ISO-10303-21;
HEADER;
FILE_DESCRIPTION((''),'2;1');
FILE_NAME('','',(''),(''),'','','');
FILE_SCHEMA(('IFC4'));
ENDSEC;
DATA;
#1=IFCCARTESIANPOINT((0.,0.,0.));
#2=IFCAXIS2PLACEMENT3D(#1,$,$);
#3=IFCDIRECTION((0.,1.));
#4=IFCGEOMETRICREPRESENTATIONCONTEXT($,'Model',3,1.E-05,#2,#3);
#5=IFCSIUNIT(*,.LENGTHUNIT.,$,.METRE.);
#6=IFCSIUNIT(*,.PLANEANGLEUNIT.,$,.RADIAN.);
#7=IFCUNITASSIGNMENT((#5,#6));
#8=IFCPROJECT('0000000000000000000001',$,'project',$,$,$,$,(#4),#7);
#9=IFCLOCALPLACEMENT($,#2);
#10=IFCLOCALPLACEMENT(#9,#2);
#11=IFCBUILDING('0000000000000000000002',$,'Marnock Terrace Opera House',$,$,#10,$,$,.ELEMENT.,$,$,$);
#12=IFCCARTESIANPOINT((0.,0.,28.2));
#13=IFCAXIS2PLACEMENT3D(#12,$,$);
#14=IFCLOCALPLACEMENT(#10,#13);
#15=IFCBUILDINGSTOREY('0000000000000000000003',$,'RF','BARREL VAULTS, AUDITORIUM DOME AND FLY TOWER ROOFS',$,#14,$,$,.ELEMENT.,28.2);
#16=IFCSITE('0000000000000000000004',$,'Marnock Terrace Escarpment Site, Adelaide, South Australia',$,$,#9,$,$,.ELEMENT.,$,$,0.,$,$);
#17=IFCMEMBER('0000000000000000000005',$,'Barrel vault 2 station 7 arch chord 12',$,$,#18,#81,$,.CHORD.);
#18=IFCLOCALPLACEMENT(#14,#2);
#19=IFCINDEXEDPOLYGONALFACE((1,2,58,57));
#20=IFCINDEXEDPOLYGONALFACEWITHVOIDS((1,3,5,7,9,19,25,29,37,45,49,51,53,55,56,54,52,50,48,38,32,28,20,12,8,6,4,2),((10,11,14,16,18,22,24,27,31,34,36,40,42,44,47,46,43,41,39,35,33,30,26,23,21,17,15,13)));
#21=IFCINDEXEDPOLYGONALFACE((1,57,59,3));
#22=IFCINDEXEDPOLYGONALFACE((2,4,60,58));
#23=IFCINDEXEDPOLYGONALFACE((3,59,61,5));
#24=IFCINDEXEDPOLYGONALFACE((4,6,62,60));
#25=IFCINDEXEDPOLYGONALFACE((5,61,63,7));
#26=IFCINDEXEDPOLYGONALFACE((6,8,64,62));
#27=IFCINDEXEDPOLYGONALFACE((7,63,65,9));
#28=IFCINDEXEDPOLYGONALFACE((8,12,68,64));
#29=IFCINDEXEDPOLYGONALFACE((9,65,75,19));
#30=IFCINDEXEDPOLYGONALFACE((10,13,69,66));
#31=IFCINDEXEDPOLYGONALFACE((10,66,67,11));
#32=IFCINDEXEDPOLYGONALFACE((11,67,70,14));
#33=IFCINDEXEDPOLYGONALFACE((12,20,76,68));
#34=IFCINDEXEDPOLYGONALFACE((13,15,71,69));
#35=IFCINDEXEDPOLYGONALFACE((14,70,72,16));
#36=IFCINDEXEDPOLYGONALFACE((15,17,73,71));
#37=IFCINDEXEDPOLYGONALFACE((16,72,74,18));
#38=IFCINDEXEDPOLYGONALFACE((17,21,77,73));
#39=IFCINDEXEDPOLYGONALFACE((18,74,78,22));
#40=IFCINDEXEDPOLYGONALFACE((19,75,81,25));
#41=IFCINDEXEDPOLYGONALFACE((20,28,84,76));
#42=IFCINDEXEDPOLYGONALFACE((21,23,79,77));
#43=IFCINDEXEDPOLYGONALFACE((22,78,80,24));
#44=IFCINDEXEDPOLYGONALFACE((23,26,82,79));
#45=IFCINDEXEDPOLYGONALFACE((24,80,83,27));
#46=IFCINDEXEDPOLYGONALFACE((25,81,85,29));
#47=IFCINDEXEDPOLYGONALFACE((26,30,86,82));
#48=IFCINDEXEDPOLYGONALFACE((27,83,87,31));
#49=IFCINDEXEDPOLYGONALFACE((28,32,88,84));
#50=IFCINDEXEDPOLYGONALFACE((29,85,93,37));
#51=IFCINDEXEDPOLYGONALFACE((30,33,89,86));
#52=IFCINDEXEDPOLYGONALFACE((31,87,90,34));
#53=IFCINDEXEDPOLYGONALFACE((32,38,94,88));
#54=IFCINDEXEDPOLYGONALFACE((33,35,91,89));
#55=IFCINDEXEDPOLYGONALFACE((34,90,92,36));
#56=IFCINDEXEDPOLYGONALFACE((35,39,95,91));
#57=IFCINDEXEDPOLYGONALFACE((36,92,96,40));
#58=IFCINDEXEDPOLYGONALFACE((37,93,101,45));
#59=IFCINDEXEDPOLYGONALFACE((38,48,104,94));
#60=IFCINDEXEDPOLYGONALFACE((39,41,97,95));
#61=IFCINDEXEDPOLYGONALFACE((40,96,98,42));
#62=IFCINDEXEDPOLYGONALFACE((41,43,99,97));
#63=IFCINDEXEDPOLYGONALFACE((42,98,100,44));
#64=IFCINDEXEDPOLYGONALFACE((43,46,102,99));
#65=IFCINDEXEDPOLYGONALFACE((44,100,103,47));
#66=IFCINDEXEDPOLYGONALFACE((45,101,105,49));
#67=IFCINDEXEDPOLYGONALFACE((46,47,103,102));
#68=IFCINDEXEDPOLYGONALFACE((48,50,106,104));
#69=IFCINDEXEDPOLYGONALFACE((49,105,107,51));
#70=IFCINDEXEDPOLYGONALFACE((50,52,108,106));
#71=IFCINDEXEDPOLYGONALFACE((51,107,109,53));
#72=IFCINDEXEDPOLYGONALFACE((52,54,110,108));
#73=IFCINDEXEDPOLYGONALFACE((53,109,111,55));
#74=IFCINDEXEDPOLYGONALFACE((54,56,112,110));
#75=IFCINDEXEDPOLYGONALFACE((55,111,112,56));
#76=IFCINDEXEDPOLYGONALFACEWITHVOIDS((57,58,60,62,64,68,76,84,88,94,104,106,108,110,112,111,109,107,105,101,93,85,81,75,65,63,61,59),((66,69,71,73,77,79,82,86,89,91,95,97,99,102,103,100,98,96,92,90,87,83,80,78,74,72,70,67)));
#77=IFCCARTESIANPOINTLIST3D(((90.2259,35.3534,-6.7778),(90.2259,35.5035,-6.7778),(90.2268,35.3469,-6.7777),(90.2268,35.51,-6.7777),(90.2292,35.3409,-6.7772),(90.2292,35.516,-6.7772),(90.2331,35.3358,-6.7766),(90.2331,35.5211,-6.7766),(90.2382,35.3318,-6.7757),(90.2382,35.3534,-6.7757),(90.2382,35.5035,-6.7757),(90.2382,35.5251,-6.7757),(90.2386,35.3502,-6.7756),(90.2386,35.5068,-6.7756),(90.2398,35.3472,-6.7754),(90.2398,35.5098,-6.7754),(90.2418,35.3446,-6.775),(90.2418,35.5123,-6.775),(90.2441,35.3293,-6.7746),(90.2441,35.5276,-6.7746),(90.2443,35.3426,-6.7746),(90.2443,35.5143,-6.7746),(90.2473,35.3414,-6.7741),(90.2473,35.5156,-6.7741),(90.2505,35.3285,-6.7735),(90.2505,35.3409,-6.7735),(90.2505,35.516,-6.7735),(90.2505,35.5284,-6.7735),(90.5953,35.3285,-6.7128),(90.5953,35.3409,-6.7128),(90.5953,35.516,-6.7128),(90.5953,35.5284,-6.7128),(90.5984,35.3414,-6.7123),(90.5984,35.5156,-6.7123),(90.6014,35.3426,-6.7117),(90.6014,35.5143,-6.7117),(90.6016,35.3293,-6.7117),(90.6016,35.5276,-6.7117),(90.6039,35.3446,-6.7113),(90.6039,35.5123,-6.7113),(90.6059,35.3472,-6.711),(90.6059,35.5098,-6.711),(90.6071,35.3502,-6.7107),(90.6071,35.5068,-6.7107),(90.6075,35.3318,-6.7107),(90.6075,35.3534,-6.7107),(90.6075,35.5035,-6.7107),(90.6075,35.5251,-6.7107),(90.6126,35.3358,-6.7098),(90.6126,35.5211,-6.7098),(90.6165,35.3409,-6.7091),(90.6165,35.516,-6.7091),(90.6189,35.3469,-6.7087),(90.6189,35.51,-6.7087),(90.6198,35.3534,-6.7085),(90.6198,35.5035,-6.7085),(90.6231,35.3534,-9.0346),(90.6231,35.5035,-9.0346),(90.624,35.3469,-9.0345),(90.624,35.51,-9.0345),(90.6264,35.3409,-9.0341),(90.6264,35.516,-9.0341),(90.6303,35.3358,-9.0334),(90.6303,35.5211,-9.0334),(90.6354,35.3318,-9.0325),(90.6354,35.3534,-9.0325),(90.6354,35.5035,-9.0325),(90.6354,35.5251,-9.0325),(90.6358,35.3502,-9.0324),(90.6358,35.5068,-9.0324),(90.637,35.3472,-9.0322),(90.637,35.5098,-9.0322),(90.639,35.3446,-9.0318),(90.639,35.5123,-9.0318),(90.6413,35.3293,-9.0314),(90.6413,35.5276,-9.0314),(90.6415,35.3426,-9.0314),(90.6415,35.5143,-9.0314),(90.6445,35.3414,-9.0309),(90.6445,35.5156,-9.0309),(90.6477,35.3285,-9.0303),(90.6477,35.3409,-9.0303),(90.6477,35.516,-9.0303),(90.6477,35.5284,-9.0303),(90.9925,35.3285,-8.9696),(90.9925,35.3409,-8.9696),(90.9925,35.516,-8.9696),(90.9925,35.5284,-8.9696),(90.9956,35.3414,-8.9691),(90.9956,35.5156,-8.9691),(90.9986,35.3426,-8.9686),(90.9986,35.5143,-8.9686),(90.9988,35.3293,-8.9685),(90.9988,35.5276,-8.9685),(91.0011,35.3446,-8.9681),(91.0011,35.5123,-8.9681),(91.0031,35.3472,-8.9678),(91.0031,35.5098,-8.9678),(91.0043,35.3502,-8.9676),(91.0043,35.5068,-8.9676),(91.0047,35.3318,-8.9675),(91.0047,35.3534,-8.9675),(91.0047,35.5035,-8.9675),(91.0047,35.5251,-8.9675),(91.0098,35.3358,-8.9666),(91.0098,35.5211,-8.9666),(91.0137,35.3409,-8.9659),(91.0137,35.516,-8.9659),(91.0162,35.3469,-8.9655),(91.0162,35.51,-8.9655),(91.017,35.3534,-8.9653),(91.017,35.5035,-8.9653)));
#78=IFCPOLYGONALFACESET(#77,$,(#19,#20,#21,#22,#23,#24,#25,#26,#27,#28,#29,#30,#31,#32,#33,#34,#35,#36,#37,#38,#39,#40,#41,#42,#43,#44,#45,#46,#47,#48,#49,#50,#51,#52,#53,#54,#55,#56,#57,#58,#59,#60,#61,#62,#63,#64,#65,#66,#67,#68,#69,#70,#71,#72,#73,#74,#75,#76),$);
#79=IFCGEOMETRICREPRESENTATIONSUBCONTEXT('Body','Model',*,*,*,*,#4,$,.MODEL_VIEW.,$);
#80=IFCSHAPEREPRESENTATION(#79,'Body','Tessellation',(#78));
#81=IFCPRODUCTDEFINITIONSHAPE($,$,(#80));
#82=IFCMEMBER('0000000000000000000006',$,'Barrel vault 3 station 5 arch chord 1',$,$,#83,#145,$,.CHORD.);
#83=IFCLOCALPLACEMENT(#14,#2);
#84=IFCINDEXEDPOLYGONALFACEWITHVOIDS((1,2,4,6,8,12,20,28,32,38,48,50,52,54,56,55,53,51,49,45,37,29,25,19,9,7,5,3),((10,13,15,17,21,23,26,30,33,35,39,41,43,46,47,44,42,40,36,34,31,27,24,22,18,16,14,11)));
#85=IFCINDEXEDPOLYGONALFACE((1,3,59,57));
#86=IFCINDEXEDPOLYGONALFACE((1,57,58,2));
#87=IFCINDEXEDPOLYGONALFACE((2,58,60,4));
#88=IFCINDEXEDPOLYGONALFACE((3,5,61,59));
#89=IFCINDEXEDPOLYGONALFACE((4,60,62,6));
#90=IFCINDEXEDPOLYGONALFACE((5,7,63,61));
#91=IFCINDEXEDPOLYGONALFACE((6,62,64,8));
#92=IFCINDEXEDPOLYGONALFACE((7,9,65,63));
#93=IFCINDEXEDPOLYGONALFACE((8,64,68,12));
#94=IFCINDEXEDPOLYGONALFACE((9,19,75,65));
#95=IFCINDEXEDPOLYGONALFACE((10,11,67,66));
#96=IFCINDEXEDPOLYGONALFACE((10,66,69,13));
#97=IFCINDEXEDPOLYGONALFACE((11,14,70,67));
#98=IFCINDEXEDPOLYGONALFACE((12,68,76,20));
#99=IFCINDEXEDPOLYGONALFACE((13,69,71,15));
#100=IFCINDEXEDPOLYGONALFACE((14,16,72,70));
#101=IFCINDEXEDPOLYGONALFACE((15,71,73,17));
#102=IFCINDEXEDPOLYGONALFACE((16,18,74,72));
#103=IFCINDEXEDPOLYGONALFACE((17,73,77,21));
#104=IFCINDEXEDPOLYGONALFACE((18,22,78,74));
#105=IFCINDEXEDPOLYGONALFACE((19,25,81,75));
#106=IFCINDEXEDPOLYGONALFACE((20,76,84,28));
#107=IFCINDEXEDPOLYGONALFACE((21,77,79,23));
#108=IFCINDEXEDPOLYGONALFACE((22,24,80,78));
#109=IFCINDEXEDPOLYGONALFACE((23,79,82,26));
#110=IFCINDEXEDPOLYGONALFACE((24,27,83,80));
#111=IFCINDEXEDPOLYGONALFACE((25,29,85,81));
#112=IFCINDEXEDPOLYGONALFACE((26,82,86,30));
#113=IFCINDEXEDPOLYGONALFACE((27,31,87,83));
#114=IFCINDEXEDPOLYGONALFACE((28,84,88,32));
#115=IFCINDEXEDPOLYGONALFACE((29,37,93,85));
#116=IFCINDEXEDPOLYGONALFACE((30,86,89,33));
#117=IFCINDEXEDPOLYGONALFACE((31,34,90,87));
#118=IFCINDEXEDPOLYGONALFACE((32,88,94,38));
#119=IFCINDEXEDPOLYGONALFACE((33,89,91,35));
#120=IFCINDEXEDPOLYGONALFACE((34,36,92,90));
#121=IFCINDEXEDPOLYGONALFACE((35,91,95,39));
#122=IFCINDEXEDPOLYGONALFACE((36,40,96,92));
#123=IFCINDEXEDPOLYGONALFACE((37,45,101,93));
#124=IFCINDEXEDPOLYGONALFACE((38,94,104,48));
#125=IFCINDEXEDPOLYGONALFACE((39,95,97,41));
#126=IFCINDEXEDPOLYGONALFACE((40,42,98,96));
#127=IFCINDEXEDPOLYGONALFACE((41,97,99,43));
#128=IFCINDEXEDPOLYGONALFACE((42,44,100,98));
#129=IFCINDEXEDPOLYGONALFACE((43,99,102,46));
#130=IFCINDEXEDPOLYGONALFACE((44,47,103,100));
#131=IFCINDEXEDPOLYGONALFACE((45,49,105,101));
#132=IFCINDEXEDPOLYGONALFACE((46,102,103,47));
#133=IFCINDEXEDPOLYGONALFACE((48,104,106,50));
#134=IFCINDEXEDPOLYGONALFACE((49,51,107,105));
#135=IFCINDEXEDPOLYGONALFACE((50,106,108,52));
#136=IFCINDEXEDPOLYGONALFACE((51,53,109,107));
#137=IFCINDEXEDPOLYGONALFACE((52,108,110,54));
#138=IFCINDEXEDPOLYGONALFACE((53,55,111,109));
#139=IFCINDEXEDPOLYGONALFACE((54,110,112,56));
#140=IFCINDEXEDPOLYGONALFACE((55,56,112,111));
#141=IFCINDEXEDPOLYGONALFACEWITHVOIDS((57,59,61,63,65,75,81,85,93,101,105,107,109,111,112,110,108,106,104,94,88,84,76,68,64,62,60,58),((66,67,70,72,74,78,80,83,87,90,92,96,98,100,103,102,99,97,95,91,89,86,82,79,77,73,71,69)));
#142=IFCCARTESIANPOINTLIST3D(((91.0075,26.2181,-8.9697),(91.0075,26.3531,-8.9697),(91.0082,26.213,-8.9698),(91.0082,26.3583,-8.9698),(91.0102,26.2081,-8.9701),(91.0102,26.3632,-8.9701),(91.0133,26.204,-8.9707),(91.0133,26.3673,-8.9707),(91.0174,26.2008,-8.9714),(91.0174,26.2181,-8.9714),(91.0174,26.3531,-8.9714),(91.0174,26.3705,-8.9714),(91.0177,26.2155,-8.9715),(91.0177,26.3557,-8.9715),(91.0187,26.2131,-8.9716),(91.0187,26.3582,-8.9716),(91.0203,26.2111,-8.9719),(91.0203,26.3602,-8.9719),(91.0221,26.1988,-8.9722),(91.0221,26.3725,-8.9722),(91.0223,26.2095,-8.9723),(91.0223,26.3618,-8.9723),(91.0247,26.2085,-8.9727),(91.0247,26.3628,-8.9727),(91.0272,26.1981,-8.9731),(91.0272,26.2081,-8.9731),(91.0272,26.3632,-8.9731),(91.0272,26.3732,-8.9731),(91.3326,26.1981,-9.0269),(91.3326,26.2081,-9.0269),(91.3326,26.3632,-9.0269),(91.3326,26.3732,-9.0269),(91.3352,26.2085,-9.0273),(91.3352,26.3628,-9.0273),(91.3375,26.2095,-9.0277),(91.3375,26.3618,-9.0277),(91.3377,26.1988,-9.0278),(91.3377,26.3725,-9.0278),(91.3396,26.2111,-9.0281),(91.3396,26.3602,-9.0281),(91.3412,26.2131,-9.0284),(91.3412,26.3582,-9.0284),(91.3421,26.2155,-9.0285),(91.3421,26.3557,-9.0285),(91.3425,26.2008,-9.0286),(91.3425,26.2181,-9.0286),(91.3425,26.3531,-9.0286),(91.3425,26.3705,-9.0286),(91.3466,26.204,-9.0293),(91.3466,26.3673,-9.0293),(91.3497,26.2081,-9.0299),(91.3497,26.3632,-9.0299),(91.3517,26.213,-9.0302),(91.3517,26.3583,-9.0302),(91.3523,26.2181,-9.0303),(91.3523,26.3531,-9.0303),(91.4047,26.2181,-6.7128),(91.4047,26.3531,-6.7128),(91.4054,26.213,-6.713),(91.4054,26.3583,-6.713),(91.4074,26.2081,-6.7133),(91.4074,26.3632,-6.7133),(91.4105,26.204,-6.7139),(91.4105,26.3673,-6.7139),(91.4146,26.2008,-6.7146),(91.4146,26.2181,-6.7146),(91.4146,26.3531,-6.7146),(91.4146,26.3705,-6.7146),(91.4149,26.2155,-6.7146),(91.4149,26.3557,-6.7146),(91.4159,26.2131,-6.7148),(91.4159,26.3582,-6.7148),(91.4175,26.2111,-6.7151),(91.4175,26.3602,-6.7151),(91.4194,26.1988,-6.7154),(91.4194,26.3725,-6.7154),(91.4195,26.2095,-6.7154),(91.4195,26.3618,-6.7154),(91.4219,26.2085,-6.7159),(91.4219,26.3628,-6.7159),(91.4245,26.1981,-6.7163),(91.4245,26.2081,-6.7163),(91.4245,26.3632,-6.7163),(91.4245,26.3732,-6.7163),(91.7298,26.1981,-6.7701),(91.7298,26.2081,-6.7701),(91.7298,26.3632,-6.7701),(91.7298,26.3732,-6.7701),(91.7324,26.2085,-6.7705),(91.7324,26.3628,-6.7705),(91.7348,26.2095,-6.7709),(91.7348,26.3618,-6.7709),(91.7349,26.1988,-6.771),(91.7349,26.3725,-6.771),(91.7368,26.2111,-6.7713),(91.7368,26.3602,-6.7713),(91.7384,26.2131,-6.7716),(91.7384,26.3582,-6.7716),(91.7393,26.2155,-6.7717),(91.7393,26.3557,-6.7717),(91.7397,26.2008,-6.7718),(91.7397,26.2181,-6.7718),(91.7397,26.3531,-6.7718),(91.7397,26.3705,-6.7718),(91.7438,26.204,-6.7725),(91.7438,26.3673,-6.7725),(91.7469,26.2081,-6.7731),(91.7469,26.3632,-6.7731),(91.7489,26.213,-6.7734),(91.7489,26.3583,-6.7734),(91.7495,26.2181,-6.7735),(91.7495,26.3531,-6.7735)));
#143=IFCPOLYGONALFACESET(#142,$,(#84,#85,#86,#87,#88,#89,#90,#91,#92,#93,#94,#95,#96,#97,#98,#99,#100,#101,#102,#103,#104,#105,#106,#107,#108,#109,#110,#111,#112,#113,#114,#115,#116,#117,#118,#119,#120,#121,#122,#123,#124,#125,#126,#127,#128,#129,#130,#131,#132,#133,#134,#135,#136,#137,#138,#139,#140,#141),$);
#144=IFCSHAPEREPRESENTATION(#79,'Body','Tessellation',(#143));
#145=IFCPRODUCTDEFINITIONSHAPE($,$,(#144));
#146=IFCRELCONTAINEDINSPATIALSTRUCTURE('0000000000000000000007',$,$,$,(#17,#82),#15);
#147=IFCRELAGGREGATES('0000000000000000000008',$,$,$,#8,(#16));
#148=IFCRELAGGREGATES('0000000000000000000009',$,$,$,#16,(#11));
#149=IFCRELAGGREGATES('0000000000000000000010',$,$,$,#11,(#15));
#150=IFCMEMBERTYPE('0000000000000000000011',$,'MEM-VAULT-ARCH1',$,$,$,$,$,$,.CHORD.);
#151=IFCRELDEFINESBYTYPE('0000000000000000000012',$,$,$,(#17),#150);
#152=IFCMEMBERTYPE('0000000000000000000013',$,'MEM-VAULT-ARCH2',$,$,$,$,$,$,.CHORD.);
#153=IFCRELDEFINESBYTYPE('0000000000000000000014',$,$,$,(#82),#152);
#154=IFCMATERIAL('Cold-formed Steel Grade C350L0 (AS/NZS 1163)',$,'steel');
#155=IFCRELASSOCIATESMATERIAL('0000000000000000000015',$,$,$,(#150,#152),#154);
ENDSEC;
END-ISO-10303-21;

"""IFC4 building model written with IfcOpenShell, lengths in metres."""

from ifc_helpers import new_model, si_unit, direction, frame, origin, origin_2d, place, context, subcontext, project, spatial, hollow_rectangle, extrude, material, material_profile, profile_set, type_object, element, save


model = new_model("IFC4")

# Units and contexts
model_context = context("Model", 3, precision=1e-05, world=origin(), true_north=direction((0.0, 1.0)))
body_context = subcontext(model_context, "Body", "Model", "MODEL_VIEW")
ifc_project = project(units=[si_unit("LENGTHUNIT", "METRE"), si_unit("PLANEANGLEUNIT", "RADIAN")], contexts=[model_context])

# Site, building, storey
site_placement = place(None, origin())
site = spatial("IfcSite", under=ifc_project, at=site_placement, Name="Marnock Terrace Escarpment Site, Adelaide, South Australia", CompositionType="ELEMENT", RefElevation=0.0)
building_placement = place(site_placement, origin())
building = spatial("IfcBuilding", under=site, at=building_placement, Name="Marnock Terrace Opera House", CompositionType="ELEMENT")
storey_placement = place(building_placement, frame((0.0, 0.0, 28.2)))
storey = spatial("IfcBuildingStorey", under=building, at=storey_placement, Name="RF", Description="BARREL VAULTS, AUDITORIUM DOME AND FLY TOWER ROOFS", CompositionType="ELEMENT", Elevation=28.2)

# Members
ifc_material = material(Name="Cold-formed Steel Grade C350L0 (AS/NZS 1163)", Category="steel")
ifc_material_profile_1 = material_profile(ifc_material, hollow_rectangle(XDim=0.2, YDim=0.3999, WallThickness=0.0125, InnerFilletRadius=0.0125, OuterFilletRadius=0.0249, at=origin_2d()))
ifc_profile_set_1 = profile_set([ifc_material_profile_1], Name="Cold-formed Steel Grade C350L0 (AS/NZS 1163)")
member_type_1 = type_object("IfcMemberType", Name="MEM-VAULT-ARCH1", PredefinedType="CHORD", material=ifc_profile_set_1)
member_1_placement = place(storey_placement, frame((90.4229, 35.4285, -6.7432), z_axis=(0.173342, 0.0, -0.984862), x_axis=(0.0, 1.0, 0.0)))
element("IfcMember", 1, at=member_1_placement, inside=storey, type_object=member_type_1, Name="Barrel vault 2 station 7 arch chord 12", PredefinedType="CHORD", context=body_context, shape_type="SweptSolid", body=[
    extrude(hollow_rectangle(XDim=0.2, YDim=0.3999, WallThickness=0.0125, InnerFilletRadius=0.0125, OuterFilletRadius=0.0249, at=origin_2d()), origin(), (0.0, 0.0, 1.0), 2.2915),
])
ifc_material_profile_2 = material_profile(ifc_material, hollow_rectangle(XDim=0.175, YDim=0.3501, WallThickness=0.01, InnerFilletRadius=0.01, OuterFilletRadius=0.02, at=origin_2d()))
ifc_profile_set_2 = profile_set([ifc_material_profile_2], Name="Cold-formed Steel Grade C350L0 (AS/NZS 1163)")
member_type_2 = type_object("IfcMemberType", Name="MEM-VAULT-ARCH2", PredefinedType="CHORD", material=ifc_profile_set_2)
member_2_placement = place(storey_placement, frame((91.1799, 26.2856, -9.0), z_axis=(0.173342, 0.0, 0.984862), x_axis=(0.0, 1.0, 0.0)))
element("IfcMember", 2, at=member_2_placement, inside=storey, type_object=member_type_2, Name="Barrel vault 3 station 5 arch chord 1", PredefinedType="CHORD", context=body_context, shape_type="SweptSolid", body=[
    extrude(hollow_rectangle(XDim=0.175, YDim=0.3501, WallThickness=0.01, InnerFilletRadius=0.01, OuterFilletRadius=0.02, at=origin_2d()), origin(), (0.0, 0.0, 1.0), 2.2915),
])

save(model, "model.ifc")
